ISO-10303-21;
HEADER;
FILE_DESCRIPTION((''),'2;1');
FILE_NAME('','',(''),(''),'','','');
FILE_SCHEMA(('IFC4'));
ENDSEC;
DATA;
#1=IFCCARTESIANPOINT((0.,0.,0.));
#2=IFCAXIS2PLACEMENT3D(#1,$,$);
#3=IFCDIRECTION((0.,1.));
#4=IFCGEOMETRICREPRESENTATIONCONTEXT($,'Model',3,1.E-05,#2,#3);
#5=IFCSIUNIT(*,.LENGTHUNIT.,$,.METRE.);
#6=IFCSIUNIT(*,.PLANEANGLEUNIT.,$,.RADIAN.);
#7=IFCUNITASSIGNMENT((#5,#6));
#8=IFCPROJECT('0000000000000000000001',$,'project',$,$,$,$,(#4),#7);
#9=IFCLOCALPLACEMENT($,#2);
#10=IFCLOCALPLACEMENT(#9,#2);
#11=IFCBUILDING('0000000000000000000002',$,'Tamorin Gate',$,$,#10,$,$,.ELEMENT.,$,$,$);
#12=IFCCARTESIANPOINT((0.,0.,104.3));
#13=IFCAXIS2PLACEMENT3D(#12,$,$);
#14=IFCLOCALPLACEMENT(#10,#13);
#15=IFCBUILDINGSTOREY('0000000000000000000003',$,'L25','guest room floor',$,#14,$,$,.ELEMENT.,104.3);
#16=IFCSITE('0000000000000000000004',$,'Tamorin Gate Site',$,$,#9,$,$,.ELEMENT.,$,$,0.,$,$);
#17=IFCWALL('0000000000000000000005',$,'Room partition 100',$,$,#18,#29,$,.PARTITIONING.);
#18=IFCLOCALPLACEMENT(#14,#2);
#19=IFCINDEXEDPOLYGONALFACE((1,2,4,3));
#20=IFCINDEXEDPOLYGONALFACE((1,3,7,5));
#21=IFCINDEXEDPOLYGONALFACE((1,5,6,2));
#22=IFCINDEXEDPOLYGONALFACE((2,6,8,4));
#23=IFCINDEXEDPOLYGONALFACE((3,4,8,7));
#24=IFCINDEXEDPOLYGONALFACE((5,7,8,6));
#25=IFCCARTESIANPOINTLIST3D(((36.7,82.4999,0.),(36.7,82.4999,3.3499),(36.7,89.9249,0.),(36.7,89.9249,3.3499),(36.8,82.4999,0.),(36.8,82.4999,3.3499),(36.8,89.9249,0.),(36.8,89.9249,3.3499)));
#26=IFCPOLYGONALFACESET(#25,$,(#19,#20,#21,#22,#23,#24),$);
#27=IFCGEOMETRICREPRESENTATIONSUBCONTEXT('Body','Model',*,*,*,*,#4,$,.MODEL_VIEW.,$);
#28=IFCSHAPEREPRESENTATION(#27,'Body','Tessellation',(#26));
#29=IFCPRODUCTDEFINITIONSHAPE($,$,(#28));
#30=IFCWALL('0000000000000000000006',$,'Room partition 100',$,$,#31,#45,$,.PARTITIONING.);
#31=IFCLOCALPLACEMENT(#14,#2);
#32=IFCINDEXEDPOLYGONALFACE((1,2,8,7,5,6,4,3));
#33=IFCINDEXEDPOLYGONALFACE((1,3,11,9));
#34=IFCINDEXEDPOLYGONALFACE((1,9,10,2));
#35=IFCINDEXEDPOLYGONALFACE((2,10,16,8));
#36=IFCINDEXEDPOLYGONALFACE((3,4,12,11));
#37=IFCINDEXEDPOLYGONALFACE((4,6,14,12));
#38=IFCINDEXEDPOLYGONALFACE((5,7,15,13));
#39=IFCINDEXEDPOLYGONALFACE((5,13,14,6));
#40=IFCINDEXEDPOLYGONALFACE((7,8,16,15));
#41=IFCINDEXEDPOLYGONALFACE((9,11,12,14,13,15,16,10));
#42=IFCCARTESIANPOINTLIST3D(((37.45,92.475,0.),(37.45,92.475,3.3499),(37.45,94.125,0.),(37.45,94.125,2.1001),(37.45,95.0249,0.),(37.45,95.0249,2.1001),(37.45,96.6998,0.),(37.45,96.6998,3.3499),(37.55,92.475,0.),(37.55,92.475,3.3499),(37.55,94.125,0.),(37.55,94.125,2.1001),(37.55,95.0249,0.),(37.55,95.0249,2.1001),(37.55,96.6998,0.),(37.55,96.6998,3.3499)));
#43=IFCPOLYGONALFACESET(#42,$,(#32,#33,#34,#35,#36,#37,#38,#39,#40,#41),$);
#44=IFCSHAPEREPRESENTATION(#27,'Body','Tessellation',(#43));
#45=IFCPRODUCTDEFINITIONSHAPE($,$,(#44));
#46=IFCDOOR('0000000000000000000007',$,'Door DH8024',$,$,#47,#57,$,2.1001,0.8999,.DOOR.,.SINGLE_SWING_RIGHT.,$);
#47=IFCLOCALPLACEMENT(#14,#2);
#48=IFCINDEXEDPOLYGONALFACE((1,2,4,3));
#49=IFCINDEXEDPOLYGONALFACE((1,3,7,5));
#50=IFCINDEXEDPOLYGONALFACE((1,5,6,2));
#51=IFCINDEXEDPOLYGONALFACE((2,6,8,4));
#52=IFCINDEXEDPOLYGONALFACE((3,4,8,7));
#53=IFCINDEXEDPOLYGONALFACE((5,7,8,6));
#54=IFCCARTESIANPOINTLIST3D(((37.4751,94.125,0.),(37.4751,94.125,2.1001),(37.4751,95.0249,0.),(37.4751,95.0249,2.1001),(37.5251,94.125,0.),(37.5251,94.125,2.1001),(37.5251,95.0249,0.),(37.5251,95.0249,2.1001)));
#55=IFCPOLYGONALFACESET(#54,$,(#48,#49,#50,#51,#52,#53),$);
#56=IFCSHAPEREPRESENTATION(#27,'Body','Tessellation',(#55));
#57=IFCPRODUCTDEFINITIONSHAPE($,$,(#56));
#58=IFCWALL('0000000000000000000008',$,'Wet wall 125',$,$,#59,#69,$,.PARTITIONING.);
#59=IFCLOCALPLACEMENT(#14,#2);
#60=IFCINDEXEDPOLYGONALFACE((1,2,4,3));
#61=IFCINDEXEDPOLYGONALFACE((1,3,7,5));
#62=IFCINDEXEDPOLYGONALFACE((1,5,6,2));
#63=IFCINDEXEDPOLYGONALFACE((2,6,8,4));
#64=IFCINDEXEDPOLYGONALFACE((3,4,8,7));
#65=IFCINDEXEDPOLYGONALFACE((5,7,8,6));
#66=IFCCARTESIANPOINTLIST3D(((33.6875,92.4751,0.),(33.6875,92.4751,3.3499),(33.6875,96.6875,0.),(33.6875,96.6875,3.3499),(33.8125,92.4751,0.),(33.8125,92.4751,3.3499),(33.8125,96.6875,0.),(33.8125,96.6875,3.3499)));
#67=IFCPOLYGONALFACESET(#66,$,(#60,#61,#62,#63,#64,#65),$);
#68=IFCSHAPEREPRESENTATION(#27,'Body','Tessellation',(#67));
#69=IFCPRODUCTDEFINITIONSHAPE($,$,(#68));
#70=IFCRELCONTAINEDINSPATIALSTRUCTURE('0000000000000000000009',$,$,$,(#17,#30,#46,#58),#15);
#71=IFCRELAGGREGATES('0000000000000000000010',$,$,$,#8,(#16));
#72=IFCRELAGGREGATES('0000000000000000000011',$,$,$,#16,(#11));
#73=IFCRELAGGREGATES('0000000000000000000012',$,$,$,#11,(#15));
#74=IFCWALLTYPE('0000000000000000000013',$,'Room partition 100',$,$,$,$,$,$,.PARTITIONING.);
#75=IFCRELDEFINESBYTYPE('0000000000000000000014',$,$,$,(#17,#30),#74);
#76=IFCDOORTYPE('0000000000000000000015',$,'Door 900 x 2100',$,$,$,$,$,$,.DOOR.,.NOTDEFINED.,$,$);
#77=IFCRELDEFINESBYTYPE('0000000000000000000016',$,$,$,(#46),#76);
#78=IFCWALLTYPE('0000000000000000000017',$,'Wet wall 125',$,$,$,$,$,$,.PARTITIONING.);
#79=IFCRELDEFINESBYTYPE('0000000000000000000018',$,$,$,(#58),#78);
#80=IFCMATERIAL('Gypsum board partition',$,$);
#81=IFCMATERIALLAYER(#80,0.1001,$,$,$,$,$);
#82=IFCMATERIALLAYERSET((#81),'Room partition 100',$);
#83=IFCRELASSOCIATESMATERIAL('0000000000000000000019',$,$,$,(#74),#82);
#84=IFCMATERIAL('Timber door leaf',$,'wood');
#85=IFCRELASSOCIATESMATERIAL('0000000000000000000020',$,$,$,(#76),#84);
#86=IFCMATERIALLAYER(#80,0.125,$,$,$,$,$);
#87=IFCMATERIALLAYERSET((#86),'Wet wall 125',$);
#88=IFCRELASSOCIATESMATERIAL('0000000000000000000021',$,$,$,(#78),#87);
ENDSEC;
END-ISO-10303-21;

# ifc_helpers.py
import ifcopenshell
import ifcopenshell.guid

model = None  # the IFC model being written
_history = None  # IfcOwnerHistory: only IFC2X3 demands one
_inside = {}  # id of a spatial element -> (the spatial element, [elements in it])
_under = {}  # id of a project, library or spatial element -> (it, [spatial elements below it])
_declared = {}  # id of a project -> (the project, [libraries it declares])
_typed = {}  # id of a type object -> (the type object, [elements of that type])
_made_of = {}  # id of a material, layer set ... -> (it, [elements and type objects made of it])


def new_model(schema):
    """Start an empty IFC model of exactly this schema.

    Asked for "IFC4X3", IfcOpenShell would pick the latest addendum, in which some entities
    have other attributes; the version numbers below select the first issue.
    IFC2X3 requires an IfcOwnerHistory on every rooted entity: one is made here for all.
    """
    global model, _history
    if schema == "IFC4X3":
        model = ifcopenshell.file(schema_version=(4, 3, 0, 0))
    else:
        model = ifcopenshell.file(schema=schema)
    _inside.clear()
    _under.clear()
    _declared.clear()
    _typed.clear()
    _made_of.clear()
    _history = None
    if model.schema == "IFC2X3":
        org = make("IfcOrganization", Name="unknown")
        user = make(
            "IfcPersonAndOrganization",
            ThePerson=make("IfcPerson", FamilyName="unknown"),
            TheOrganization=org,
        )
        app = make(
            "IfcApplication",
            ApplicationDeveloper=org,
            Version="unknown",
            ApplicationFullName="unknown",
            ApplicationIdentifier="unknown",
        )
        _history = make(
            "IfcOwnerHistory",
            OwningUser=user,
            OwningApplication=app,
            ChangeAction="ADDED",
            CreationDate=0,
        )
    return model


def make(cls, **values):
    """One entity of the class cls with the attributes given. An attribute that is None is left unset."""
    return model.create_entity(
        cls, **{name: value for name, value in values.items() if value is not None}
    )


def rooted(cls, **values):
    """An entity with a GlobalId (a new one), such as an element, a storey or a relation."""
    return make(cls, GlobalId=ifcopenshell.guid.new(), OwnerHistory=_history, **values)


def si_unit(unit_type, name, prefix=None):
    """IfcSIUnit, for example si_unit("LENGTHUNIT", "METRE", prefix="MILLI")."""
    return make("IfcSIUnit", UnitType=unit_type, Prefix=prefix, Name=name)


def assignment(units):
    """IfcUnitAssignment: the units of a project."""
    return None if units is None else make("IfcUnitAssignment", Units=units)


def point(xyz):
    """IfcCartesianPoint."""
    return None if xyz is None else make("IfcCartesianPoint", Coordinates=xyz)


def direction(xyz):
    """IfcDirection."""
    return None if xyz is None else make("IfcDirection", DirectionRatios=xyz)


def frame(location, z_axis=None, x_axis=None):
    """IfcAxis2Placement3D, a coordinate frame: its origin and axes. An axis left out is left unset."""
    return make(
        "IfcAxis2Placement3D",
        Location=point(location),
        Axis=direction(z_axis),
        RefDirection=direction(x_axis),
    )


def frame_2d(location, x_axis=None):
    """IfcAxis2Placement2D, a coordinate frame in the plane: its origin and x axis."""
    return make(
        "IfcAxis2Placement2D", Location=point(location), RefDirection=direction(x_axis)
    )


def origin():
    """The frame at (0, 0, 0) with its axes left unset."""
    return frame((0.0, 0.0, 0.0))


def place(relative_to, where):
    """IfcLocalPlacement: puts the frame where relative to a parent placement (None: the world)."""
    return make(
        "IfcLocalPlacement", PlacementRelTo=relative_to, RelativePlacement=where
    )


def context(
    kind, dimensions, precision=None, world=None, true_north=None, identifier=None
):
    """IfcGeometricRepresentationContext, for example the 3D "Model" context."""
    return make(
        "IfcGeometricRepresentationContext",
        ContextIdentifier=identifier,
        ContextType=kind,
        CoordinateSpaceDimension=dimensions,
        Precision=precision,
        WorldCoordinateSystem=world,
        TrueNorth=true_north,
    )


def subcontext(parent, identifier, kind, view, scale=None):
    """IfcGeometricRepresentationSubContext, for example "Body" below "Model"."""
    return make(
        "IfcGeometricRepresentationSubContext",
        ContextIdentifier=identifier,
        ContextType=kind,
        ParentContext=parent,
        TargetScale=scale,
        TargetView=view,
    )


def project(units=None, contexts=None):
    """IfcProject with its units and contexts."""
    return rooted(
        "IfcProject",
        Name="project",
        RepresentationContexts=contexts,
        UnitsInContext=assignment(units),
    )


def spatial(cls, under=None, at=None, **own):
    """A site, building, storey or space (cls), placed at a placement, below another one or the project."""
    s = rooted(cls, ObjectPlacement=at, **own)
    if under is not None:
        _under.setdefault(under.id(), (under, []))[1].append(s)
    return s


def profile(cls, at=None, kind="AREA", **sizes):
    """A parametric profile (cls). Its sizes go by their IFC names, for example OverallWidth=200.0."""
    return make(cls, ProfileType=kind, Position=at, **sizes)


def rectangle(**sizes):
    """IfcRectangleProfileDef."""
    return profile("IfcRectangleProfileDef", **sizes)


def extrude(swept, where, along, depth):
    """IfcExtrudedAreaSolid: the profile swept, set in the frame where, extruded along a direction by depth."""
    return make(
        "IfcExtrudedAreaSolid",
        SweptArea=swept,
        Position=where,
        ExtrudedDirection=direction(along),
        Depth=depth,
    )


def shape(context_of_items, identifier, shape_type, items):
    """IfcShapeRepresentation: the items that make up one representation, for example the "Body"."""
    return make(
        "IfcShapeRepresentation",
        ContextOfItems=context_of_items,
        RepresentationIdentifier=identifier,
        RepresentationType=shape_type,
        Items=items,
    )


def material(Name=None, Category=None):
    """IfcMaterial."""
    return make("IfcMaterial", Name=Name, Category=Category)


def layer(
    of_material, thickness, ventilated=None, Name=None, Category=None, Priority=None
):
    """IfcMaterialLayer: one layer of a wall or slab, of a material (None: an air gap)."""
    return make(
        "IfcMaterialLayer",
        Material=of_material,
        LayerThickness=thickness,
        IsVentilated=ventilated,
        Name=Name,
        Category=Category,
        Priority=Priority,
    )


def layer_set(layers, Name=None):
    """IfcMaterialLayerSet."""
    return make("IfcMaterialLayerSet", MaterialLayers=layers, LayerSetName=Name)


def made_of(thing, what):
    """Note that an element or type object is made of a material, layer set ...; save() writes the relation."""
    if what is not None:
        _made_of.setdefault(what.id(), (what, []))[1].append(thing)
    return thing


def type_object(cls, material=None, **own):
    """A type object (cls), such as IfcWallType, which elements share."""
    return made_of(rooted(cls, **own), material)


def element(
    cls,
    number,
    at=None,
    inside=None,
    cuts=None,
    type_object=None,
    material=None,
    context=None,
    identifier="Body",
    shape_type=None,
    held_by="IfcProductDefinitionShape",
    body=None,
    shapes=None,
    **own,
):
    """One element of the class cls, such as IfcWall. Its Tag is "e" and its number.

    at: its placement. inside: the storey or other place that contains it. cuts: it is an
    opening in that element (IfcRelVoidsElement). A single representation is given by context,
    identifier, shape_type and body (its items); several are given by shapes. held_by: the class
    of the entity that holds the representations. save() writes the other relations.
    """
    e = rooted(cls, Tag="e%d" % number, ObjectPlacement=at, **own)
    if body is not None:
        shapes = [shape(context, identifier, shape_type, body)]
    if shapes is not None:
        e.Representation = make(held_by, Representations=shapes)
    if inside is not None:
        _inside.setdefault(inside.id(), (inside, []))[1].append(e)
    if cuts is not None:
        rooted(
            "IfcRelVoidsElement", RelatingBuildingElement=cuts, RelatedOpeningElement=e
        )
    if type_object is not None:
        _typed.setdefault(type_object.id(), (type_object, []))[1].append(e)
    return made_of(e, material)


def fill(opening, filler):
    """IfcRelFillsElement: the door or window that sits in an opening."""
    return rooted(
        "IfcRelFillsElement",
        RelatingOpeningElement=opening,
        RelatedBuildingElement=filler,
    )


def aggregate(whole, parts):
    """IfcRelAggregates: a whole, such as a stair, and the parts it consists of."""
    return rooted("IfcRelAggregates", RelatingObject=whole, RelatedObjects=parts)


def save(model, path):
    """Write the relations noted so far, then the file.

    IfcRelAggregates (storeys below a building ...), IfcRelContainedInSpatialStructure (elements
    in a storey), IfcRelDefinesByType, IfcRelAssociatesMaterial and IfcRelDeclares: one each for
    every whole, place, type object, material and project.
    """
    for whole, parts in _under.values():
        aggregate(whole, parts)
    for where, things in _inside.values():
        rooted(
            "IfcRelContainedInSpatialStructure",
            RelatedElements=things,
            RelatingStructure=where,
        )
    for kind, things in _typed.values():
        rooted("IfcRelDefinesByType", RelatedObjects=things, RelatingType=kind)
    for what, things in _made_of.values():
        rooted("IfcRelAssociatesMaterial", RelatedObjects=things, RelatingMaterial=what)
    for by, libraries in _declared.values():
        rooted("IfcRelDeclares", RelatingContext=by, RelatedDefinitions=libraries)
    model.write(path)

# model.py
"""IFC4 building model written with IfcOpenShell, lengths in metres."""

from ifc_helpers import new_model, si_unit, direction, frame, frame_2d, origin, place, context, subcontext, project, spatial, rectangle, extrude, material, layer, layer_set, type_object, element, fill, save


model = new_model("IFC4")

# Units and contexts
model_context = context("Model", 3, precision=1e-05, world=origin(), true_north=direction((0.0, 1.0)))
body_context = subcontext(model_context, "Body", "Model", "MODEL_VIEW")
ifc_project = project(units=[si_unit("LENGTHUNIT", "METRE"), si_unit("PLANEANGLEUNIT", "RADIAN")], contexts=[model_context])

# Site, building, storey
site_placement = place(None, origin())
site = spatial("IfcSite", under=ifc_project, at=site_placement, Name="Tamorin Gate Site", CompositionType="ELEMENT", RefElevation=0.0)
building_placement = place(site_placement, origin())
building = spatial("IfcBuilding", under=site, at=building_placement, Name="Tamorin Gate", CompositionType="ELEMENT")
storey_placement = place(building_placement, frame((0.0, 0.0, 104.3)))
storey = spatial("IfcBuildingStorey", under=building, at=storey_placement, Name="L25", Description="guest room floor", CompositionType="ELEMENT", Elevation=104.3)

# Shared definitions
ifc_material_1 = material(Name="Gypsum board partition")
ifc_material_2 = material(Name="Timber door leaf", Category="wood")

# Wall
ifc_layer_1 = layer(ifc_material_1, 0.1001)
ifc_layer_set_1 = layer_set([ifc_layer_1], Name="Room partition 100")
wall_type_1 = type_object("IfcWallType", Name="Room partition 100", PredefinedType="PARTITIONING", material=ifc_layer_set_1)
wall_1_placement = place(storey_placement, frame((36.75, 82.5, 0.0), z_axis=(0.0, 0.0, 1.0), x_axis=(0.0, 1.0, 0.0)))
element("IfcWall", 1, at=wall_1_placement, inside=storey, type_object=wall_type_1, Name="Room partition 100", PredefinedType="PARTITIONING", context=body_context, shape_type="SweptSolid", body=[
    extrude(rectangle(XDim=7.425, YDim=0.1001, at=frame_2d((3.7124, 0.0))), origin(), (0.0, 0.0, 1.0), 3.3499),
])

# Wall, opening, door
wall_2_placement = place(storey_placement, frame((37.5, 92.4751, 0.0), z_axis=(0.0, 0.0, 1.0), x_axis=(0.0, 1.0, 0.0)))
wall_2 = element("IfcWall", 2, at=wall_2_placement, inside=storey, type_object=wall_type_1, Name="Room partition 100", PredefinedType="PARTITIONING", context=body_context, shape_type="SweptSolid", body=[
    extrude(rectangle(XDim=4.2249, YDim=0.1001, at=frame_2d((2.1123, 0.0))), origin(), (0.0, 0.0, 1.0), 3.3499),
])
opening_1_placement = place(wall_2_placement, frame((1.6499, 0.0, 0.0)))
opening_1 = element("IfcOpeningElement", 3, at=opening_1_placement, cuts=wall_2, PredefinedType="OPENING", context=body_context, shape_type="SweptSolid", body=[
    extrude(rectangle(XDim=0.8999, YDim=2.1001, at=frame_2d((0.45, 1.05))), frame((0.0, 0.0601, 0.0), z_axis=(0.0, -1.0, 0.0), x_axis=(1.0, 0.0, 0.0)), (0.0, 0.0, 1.0), 0.1201),
])
door_type_1 = type_object("IfcDoorType", Name="Door 900 x 2100", OperationType="NOTDEFINED", PredefinedType="DOOR", material=ifc_material_2)
door_1_placement = place(opening_1_placement, origin())
door_1 = element("IfcDoor", 4, at=door_1_placement, inside=storey, type_object=door_type_1, Name="Door DH8024", OperationType="SINGLE_SWING_RIGHT", OverallHeight=2.1001, OverallWidth=0.8999, PredefinedType="DOOR", context=body_context, shape_type="SweptSolid", body=[
    extrude(rectangle(XDim=0.8999, YDim=2.1001, at=frame_2d((0.45, 1.05))), frame((0.0, 0.0249, 0.0), z_axis=(0.0, -1.0, 0.0), x_axis=(1.0, 0.0, 0.0)), (0.0, 0.0, 1.0), 0.05),
])
fill(opening_1, door_1)

# Wall
ifc_layer_2 = layer(ifc_material_1, 0.125)
ifc_layer_set_2 = layer_set([ifc_layer_2], Name="Wet wall 125")
wall_type_2 = type_object("IfcWallType", Name="Wet wall 125", PredefinedType="PARTITIONING", material=ifc_layer_set_2)
wall_3_placement = place(storey_placement, frame((33.75, 92.4751, 0.0), z_axis=(0.0, 0.0, 1.0), x_axis=(0.0, 1.0, 0.0)))
element("IfcWall", 5, at=wall_3_placement, inside=storey, type_object=wall_type_2, Name="Wet wall 125", PredefinedType="PARTITIONING", context=body_context, shape_type="SweptSolid", body=[
    extrude(rectangle(XDim=4.2124, YDim=0.125, at=frame_2d((2.1062, 0.0))), origin(), (0.0, 0.0, 1.0), 3.3499),
])

save(model, "model.ifc")
